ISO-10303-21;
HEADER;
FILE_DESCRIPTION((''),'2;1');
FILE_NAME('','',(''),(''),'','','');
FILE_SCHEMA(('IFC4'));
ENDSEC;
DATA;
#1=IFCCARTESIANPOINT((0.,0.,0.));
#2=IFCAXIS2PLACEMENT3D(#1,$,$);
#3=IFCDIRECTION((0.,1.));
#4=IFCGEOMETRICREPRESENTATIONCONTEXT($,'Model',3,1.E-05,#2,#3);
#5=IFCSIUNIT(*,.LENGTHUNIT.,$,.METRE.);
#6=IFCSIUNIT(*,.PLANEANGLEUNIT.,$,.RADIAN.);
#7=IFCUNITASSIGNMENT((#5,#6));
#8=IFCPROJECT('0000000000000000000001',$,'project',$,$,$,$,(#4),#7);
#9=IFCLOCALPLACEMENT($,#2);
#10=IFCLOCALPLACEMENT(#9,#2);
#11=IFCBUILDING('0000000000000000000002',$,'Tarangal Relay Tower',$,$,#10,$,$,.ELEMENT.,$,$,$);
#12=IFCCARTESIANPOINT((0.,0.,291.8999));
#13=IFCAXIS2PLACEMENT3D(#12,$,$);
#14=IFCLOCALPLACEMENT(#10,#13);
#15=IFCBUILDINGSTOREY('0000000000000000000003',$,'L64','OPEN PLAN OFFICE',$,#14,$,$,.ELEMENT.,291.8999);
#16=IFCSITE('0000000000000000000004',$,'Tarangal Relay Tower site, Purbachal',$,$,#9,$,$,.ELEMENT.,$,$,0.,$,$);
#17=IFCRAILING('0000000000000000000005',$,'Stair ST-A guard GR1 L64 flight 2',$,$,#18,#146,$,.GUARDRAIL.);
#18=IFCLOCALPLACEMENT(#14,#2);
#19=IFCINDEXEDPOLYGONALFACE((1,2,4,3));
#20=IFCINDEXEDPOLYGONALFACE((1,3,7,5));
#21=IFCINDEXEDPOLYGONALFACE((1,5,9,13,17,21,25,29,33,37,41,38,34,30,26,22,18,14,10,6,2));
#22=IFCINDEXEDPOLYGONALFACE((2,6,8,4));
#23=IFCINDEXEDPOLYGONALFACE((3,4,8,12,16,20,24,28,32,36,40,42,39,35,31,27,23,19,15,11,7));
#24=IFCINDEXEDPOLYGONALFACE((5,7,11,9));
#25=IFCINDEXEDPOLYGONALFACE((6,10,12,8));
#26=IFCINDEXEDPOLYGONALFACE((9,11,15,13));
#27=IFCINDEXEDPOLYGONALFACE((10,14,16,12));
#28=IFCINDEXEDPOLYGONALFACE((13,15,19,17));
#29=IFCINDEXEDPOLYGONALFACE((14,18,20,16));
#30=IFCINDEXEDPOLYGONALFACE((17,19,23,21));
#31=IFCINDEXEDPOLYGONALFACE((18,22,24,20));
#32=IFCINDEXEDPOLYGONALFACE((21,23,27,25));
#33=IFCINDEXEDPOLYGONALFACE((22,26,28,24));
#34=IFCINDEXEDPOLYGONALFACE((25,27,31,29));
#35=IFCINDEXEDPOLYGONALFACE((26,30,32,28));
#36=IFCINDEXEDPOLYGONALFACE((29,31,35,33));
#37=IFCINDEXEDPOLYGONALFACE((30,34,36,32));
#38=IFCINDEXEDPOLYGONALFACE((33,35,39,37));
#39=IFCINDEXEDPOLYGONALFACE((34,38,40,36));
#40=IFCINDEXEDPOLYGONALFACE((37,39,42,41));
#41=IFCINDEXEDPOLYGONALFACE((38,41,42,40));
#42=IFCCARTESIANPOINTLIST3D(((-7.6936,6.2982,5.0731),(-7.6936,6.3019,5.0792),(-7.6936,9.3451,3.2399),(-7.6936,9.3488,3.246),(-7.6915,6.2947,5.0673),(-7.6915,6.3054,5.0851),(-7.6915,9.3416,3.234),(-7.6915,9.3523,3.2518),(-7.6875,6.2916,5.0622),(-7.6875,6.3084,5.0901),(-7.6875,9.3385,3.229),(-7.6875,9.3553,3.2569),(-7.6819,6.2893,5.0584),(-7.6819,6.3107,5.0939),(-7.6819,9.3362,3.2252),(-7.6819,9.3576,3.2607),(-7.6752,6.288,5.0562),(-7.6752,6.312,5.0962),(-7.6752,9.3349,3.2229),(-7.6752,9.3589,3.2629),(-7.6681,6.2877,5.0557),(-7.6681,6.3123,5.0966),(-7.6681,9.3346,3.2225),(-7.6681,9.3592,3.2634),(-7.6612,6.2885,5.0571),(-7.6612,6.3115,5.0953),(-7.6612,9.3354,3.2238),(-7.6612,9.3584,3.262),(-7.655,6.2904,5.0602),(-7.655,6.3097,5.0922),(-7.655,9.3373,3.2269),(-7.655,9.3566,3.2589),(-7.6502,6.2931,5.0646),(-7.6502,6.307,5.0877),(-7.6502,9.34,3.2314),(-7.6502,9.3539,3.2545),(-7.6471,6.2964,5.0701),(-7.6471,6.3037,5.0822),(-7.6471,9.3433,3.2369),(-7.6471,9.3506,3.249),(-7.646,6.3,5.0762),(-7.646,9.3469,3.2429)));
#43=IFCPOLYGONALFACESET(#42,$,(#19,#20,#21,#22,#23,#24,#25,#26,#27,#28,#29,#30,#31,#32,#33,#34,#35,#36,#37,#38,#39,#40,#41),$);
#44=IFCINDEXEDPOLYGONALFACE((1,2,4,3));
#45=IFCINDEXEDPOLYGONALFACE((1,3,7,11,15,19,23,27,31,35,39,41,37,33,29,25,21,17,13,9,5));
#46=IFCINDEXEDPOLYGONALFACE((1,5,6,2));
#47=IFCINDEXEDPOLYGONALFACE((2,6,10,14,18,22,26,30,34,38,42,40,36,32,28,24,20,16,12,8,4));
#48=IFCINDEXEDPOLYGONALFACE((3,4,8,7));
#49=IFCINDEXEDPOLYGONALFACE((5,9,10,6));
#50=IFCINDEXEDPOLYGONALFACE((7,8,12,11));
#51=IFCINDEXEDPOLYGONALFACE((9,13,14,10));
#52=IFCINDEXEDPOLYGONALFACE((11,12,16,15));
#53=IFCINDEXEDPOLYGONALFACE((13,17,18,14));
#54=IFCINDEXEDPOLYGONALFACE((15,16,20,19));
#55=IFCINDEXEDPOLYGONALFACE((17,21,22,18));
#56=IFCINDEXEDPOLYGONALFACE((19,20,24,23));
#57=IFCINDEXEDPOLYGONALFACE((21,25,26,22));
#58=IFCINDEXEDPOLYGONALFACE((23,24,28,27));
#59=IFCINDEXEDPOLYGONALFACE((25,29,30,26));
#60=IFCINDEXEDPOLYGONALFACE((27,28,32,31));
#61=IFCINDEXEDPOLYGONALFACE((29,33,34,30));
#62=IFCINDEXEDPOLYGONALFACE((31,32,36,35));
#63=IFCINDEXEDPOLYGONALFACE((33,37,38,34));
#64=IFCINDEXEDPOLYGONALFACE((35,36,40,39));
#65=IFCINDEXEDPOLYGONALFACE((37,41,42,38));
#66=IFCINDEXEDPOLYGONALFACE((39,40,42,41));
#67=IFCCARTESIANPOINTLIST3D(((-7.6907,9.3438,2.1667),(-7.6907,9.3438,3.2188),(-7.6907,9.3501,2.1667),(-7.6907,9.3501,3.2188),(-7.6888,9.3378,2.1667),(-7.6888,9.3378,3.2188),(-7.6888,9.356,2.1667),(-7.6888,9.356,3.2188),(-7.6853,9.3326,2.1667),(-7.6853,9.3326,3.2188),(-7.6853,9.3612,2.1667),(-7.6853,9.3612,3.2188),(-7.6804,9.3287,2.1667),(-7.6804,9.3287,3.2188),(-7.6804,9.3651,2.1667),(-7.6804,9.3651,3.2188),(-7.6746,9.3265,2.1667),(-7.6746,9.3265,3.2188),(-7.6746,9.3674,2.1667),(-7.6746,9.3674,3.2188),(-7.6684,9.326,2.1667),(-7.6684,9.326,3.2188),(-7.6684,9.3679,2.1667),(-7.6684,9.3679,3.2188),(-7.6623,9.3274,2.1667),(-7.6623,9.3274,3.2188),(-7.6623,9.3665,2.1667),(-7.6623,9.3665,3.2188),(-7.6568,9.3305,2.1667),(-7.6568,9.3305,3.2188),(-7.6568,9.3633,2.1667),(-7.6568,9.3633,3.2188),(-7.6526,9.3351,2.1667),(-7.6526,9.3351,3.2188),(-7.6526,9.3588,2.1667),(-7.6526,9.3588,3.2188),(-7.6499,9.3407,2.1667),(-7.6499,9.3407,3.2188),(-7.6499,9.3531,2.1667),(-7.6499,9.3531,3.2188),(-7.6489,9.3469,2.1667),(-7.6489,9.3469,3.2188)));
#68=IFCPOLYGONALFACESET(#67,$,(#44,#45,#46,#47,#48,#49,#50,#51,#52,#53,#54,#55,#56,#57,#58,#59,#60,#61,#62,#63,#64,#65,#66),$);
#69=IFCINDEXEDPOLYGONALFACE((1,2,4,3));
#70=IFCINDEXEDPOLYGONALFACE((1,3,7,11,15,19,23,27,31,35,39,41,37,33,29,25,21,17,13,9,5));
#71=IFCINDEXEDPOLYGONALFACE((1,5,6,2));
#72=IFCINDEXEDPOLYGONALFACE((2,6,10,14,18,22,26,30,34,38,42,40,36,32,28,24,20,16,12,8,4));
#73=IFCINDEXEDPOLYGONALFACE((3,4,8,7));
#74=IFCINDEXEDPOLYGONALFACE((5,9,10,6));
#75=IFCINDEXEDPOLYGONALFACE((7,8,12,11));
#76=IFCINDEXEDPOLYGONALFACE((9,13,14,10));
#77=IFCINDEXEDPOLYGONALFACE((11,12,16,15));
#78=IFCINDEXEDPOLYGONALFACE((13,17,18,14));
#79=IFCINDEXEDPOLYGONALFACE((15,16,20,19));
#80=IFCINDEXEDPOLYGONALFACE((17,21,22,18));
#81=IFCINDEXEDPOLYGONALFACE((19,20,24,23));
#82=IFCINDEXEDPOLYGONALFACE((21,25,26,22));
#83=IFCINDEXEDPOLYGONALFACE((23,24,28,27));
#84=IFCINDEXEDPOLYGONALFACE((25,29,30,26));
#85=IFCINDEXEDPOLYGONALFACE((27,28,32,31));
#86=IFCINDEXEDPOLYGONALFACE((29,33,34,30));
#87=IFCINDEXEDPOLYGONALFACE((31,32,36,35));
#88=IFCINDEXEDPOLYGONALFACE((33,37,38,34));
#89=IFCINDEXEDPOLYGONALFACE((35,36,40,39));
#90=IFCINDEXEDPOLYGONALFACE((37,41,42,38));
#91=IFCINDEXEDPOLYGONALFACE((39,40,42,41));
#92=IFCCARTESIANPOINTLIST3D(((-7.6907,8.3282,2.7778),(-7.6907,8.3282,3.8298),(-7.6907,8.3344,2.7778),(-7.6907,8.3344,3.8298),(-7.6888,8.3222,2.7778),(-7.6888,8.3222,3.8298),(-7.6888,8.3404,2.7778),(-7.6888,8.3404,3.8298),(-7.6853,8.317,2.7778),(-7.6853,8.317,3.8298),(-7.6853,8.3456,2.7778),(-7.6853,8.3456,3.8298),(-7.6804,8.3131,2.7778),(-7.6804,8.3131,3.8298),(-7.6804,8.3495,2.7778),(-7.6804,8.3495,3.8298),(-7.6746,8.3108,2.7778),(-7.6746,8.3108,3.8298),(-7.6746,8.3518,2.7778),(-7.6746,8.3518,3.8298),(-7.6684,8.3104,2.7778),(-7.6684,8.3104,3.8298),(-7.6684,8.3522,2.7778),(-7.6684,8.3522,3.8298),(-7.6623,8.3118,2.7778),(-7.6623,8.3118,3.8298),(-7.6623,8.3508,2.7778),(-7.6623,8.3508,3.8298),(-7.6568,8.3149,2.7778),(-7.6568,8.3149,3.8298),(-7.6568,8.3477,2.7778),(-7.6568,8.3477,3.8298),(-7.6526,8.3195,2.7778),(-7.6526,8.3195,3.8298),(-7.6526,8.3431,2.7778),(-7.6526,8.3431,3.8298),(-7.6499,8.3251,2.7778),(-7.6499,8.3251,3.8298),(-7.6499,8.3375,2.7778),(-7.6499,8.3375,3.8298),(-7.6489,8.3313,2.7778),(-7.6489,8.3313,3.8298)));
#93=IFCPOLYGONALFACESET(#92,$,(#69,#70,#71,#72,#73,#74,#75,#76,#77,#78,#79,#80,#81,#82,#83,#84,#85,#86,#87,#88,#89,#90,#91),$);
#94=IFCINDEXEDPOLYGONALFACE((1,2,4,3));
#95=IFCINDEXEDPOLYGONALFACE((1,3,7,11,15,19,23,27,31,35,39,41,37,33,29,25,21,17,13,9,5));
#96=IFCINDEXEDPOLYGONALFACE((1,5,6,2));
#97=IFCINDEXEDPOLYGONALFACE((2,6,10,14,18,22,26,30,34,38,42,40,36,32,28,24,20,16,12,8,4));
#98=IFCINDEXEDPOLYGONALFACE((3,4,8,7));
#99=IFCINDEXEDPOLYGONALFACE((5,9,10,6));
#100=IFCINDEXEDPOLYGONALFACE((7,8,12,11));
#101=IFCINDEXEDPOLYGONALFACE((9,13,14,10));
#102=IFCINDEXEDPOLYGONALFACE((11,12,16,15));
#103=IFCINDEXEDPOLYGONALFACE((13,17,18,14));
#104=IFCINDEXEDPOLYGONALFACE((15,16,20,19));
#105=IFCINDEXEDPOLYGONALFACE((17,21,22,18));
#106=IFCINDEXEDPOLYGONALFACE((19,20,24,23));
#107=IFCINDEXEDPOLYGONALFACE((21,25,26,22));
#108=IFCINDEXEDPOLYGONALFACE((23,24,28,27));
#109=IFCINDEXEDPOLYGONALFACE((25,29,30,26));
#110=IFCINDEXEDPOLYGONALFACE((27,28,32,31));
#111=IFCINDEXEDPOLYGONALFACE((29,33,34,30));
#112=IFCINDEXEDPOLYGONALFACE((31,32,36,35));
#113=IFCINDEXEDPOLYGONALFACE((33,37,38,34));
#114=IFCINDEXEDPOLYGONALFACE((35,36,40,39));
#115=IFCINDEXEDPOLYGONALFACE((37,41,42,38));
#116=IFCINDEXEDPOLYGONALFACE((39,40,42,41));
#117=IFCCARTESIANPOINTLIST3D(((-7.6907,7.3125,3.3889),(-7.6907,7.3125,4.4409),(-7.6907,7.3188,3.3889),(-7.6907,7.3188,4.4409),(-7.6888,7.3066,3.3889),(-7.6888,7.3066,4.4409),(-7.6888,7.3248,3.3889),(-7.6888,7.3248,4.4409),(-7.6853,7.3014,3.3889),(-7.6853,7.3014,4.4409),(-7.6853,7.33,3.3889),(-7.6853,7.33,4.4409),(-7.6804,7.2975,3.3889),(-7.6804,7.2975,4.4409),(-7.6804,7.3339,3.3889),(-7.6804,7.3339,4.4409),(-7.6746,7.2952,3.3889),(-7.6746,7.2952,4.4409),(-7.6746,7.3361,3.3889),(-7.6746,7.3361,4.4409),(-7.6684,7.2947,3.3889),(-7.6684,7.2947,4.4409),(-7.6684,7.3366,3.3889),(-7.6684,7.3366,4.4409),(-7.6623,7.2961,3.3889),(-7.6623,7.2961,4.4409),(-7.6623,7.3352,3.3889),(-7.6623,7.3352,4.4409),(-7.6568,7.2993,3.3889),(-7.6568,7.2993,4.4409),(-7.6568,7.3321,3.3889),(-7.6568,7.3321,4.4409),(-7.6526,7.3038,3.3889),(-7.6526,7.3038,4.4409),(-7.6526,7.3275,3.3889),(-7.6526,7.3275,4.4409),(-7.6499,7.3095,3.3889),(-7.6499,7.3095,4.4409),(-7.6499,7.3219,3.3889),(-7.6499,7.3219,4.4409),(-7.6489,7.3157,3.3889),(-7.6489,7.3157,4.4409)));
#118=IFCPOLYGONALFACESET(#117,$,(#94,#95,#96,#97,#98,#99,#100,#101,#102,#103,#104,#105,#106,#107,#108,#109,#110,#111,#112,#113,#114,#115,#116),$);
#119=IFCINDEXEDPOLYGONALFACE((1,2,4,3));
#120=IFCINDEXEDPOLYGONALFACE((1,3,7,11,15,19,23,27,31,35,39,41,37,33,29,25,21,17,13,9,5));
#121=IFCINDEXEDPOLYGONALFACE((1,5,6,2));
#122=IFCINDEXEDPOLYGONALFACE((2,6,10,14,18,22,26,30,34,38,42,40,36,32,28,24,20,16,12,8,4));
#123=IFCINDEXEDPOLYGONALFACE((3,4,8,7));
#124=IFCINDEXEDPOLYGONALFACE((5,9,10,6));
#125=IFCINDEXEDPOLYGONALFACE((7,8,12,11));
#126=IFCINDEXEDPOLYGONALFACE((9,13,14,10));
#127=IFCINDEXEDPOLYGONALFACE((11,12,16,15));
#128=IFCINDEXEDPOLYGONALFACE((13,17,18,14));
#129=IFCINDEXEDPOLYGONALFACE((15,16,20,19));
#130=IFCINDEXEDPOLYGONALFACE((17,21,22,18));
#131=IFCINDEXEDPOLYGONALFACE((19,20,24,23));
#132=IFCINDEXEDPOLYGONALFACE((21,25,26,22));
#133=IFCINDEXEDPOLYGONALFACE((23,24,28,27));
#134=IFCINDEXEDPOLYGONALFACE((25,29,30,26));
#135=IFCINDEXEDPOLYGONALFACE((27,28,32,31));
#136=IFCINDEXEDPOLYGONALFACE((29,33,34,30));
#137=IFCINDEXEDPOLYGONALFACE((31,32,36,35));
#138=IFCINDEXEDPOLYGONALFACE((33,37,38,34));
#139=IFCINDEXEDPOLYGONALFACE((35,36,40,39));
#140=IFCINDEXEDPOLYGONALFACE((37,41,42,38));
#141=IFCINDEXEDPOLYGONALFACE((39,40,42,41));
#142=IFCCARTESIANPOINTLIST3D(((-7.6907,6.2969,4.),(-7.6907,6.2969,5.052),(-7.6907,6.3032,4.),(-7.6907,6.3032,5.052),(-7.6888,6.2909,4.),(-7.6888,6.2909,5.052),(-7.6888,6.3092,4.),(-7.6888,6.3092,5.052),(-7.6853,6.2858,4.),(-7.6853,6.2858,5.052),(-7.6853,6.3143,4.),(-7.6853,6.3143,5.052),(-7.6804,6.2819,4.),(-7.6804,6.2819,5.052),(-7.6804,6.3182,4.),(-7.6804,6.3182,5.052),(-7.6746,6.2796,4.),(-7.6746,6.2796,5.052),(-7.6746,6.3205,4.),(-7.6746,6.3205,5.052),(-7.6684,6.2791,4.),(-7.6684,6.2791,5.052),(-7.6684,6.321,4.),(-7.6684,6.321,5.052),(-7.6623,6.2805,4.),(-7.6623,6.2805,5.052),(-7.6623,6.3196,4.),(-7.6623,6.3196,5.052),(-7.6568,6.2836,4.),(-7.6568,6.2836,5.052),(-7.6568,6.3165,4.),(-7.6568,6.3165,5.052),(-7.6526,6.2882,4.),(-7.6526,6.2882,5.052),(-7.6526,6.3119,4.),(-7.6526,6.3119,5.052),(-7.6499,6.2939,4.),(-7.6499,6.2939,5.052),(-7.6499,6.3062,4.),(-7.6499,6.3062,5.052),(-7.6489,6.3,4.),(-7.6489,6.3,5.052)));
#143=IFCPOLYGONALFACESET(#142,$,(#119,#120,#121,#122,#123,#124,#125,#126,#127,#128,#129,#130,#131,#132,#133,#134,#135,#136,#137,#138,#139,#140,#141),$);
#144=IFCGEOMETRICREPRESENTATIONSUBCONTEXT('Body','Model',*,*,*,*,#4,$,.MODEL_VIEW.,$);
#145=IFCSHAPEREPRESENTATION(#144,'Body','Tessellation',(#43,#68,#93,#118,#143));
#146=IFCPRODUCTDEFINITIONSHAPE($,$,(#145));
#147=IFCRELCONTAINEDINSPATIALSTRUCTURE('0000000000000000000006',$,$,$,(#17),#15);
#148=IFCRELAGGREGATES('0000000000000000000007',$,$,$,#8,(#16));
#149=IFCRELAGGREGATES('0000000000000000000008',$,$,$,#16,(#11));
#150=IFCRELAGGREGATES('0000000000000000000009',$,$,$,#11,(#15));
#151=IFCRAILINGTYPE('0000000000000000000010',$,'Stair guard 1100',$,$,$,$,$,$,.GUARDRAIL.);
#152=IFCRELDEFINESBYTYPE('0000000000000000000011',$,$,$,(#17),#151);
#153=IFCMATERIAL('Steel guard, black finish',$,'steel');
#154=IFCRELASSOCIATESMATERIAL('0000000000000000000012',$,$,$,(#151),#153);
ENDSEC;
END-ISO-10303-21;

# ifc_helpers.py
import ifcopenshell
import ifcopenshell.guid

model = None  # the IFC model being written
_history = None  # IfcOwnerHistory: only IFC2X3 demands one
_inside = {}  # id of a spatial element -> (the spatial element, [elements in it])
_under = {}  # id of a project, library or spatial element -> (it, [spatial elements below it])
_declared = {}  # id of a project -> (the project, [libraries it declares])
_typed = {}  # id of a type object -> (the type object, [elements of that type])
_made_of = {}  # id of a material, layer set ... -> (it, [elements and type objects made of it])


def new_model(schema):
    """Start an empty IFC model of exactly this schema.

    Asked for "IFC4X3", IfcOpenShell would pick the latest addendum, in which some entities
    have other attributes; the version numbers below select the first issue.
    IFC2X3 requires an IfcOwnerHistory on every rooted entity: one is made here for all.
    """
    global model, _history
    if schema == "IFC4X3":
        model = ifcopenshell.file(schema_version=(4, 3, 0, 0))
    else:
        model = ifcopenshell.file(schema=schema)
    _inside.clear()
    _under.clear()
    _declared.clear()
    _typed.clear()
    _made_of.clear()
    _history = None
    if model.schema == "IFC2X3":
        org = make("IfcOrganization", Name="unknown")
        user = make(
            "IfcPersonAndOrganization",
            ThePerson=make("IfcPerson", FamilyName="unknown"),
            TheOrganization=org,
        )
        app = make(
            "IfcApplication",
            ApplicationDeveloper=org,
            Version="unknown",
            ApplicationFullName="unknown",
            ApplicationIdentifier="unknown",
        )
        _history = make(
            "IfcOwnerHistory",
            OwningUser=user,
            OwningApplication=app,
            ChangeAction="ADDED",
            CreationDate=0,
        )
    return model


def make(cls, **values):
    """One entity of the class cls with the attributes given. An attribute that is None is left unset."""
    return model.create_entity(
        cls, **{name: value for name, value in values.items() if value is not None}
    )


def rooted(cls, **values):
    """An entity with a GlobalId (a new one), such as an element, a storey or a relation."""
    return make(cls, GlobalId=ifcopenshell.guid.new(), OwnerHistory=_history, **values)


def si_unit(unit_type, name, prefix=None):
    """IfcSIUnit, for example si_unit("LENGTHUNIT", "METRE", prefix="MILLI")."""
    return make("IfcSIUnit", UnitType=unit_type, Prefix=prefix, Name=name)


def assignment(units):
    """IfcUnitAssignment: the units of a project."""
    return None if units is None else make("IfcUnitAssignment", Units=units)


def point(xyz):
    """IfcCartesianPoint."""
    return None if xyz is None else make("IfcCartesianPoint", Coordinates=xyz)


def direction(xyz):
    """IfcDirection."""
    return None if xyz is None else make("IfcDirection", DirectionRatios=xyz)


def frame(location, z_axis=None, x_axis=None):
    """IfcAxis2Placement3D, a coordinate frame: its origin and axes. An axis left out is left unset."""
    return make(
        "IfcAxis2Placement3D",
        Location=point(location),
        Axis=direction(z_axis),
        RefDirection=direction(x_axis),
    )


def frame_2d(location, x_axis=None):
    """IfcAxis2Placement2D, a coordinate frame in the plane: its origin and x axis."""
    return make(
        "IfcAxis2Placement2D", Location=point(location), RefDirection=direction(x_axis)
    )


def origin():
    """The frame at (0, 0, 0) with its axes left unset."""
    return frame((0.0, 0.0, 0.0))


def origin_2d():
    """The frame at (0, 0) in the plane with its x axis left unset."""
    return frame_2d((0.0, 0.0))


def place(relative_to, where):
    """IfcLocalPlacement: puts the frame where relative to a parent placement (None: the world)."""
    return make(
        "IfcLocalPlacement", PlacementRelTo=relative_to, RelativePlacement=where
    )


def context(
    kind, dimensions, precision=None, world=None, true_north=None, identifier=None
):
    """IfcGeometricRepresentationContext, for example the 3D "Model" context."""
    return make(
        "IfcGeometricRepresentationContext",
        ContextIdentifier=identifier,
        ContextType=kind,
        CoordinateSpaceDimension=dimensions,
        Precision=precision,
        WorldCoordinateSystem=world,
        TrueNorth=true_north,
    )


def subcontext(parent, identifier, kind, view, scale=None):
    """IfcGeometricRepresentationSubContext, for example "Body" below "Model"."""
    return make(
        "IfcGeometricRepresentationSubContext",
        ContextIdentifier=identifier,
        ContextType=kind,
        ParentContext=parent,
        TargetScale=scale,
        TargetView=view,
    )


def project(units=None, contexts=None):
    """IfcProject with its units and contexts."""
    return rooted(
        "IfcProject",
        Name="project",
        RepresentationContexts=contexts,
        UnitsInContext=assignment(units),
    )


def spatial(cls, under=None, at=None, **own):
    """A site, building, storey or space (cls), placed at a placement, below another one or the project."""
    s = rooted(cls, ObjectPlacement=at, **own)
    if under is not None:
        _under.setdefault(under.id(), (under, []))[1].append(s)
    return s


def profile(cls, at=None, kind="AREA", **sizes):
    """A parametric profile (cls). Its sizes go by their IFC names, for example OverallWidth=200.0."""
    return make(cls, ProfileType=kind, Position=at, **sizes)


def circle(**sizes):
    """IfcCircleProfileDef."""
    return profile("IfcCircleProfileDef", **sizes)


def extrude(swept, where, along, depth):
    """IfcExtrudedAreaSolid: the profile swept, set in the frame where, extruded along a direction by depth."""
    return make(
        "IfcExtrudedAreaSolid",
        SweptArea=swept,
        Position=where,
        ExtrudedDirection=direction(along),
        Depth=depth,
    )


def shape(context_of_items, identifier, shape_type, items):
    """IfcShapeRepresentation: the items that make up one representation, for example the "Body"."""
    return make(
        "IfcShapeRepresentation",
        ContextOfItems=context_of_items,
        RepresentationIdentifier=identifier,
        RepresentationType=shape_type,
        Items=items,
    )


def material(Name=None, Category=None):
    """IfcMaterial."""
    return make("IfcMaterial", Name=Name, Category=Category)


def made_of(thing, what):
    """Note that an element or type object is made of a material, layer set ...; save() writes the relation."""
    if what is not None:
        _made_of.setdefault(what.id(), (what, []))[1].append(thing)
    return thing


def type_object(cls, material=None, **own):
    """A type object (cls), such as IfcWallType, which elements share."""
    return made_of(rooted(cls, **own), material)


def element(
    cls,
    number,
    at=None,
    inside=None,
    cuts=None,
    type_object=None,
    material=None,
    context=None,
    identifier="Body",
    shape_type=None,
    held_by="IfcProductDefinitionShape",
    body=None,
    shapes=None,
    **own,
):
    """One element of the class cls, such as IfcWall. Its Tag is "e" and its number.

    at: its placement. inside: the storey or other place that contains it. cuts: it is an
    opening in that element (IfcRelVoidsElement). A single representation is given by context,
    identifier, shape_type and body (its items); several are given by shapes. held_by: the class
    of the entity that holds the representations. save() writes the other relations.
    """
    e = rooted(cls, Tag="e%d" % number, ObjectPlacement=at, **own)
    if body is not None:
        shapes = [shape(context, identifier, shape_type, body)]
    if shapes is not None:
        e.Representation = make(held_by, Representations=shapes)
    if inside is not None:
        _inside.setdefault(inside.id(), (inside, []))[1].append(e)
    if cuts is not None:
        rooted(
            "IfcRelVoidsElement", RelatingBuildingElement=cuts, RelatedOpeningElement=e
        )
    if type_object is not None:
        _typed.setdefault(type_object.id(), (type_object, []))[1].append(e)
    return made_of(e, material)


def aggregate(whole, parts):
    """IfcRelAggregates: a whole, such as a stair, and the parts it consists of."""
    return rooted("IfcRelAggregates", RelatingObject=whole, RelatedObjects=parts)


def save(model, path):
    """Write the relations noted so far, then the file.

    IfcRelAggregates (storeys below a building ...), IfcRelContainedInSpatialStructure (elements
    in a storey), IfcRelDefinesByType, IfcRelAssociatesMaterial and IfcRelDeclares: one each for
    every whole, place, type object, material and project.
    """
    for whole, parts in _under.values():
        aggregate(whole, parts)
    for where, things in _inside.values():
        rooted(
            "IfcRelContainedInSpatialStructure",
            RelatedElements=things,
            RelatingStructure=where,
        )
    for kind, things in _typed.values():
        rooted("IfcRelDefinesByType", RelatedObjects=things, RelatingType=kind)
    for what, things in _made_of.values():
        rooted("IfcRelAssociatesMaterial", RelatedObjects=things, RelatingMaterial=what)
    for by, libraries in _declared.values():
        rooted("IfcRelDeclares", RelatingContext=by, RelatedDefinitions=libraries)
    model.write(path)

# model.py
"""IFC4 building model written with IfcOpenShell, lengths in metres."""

from ifc_helpers import new_model, si_unit, direction, frame, origin, origin_2d, place, context, subcontext, project, spatial, circle, extrude, material, type_object, element, save


model = new_model("IFC4")

# Units and contexts
model_context = context("Model", 3, precision=1e-05, world=origin(), true_north=direction((0.0, 1.0)))
body_context = subcontext(model_context, "Body", "Model", "MODEL_VIEW")
ifc_project = project(units=[si_unit("LENGTHUNIT", "METRE"), si_unit("PLANEANGLEUNIT", "RADIAN")], contexts=[model_context])

# Site, building, storey
site_placement = place(None, origin())
site = spatial("IfcSite", under=ifc_project, at=site_placement, Name="Tarangal Relay Tower site, Purbachal", CompositionType="ELEMENT", RefElevation=0.0)
building_placement = place(site_placement, origin())
building = spatial("IfcBuilding", under=site, at=building_placement, Name="Tarangal Relay Tower", CompositionType="ELEMENT")
storey_placement = place(building_placement, frame((0.0, 0.0, 291.8999)))
storey = spatial("IfcBuildingStorey", under=building, at=storey_placement, Name="L64", Description="OPEN PLAN OFFICE", CompositionType="ELEMENT", Elevation=291.8999)

# Railing
ifc_material_1 = material(Name="Steel guard, black finish", Category="steel")
railing_type_1 = type_object("IfcRailingType", Name="Stair guard 1100", PredefinedType="GUARDRAIL", material=ifc_material_1)
railing_1_placement = place(storey_placement, frame((-7.6699, 9.3469, 2.1667)))
element("IfcRailing", 1, at=railing_1_placement, inside=storey, type_object=railing_type_1, Name="Stair ST-A guard GR1 L64 flight 2", PredefinedType="GUARDRAIL", context=body_context, shape_type="SweptSolid", body=[
    extrude(circle(Radius=0.0239, at=origin_2d()), frame((0.0, 0.0, 1.0762), z_axis=(0.0, -0.856856, 0.515556), x_axis=(1.0, 0.0, 0.0)), (0.0, 0.0, 1.0), 3.5559),
    extrude(circle(Radius=0.021, at=origin_2d()), origin(), (0.0, 0.0, 1.0), 1.052),
    extrude(circle(Radius=0.021, at=origin_2d()), frame((0.0, -1.0156, 0.6111)), (0.0, 0.0, 1.0), 1.052),
    extrude(circle(Radius=0.021, at=origin_2d()), frame((0.0, -2.0312, 1.2222)), (0.0, 0.0, 1.0), 1.052),
    extrude(circle(Radius=0.021, at=origin_2d()), frame((0.0, -3.0469, 1.8333)), (0.0, 0.0, 1.0), 1.052),
])

save(model, "model.ifc")
